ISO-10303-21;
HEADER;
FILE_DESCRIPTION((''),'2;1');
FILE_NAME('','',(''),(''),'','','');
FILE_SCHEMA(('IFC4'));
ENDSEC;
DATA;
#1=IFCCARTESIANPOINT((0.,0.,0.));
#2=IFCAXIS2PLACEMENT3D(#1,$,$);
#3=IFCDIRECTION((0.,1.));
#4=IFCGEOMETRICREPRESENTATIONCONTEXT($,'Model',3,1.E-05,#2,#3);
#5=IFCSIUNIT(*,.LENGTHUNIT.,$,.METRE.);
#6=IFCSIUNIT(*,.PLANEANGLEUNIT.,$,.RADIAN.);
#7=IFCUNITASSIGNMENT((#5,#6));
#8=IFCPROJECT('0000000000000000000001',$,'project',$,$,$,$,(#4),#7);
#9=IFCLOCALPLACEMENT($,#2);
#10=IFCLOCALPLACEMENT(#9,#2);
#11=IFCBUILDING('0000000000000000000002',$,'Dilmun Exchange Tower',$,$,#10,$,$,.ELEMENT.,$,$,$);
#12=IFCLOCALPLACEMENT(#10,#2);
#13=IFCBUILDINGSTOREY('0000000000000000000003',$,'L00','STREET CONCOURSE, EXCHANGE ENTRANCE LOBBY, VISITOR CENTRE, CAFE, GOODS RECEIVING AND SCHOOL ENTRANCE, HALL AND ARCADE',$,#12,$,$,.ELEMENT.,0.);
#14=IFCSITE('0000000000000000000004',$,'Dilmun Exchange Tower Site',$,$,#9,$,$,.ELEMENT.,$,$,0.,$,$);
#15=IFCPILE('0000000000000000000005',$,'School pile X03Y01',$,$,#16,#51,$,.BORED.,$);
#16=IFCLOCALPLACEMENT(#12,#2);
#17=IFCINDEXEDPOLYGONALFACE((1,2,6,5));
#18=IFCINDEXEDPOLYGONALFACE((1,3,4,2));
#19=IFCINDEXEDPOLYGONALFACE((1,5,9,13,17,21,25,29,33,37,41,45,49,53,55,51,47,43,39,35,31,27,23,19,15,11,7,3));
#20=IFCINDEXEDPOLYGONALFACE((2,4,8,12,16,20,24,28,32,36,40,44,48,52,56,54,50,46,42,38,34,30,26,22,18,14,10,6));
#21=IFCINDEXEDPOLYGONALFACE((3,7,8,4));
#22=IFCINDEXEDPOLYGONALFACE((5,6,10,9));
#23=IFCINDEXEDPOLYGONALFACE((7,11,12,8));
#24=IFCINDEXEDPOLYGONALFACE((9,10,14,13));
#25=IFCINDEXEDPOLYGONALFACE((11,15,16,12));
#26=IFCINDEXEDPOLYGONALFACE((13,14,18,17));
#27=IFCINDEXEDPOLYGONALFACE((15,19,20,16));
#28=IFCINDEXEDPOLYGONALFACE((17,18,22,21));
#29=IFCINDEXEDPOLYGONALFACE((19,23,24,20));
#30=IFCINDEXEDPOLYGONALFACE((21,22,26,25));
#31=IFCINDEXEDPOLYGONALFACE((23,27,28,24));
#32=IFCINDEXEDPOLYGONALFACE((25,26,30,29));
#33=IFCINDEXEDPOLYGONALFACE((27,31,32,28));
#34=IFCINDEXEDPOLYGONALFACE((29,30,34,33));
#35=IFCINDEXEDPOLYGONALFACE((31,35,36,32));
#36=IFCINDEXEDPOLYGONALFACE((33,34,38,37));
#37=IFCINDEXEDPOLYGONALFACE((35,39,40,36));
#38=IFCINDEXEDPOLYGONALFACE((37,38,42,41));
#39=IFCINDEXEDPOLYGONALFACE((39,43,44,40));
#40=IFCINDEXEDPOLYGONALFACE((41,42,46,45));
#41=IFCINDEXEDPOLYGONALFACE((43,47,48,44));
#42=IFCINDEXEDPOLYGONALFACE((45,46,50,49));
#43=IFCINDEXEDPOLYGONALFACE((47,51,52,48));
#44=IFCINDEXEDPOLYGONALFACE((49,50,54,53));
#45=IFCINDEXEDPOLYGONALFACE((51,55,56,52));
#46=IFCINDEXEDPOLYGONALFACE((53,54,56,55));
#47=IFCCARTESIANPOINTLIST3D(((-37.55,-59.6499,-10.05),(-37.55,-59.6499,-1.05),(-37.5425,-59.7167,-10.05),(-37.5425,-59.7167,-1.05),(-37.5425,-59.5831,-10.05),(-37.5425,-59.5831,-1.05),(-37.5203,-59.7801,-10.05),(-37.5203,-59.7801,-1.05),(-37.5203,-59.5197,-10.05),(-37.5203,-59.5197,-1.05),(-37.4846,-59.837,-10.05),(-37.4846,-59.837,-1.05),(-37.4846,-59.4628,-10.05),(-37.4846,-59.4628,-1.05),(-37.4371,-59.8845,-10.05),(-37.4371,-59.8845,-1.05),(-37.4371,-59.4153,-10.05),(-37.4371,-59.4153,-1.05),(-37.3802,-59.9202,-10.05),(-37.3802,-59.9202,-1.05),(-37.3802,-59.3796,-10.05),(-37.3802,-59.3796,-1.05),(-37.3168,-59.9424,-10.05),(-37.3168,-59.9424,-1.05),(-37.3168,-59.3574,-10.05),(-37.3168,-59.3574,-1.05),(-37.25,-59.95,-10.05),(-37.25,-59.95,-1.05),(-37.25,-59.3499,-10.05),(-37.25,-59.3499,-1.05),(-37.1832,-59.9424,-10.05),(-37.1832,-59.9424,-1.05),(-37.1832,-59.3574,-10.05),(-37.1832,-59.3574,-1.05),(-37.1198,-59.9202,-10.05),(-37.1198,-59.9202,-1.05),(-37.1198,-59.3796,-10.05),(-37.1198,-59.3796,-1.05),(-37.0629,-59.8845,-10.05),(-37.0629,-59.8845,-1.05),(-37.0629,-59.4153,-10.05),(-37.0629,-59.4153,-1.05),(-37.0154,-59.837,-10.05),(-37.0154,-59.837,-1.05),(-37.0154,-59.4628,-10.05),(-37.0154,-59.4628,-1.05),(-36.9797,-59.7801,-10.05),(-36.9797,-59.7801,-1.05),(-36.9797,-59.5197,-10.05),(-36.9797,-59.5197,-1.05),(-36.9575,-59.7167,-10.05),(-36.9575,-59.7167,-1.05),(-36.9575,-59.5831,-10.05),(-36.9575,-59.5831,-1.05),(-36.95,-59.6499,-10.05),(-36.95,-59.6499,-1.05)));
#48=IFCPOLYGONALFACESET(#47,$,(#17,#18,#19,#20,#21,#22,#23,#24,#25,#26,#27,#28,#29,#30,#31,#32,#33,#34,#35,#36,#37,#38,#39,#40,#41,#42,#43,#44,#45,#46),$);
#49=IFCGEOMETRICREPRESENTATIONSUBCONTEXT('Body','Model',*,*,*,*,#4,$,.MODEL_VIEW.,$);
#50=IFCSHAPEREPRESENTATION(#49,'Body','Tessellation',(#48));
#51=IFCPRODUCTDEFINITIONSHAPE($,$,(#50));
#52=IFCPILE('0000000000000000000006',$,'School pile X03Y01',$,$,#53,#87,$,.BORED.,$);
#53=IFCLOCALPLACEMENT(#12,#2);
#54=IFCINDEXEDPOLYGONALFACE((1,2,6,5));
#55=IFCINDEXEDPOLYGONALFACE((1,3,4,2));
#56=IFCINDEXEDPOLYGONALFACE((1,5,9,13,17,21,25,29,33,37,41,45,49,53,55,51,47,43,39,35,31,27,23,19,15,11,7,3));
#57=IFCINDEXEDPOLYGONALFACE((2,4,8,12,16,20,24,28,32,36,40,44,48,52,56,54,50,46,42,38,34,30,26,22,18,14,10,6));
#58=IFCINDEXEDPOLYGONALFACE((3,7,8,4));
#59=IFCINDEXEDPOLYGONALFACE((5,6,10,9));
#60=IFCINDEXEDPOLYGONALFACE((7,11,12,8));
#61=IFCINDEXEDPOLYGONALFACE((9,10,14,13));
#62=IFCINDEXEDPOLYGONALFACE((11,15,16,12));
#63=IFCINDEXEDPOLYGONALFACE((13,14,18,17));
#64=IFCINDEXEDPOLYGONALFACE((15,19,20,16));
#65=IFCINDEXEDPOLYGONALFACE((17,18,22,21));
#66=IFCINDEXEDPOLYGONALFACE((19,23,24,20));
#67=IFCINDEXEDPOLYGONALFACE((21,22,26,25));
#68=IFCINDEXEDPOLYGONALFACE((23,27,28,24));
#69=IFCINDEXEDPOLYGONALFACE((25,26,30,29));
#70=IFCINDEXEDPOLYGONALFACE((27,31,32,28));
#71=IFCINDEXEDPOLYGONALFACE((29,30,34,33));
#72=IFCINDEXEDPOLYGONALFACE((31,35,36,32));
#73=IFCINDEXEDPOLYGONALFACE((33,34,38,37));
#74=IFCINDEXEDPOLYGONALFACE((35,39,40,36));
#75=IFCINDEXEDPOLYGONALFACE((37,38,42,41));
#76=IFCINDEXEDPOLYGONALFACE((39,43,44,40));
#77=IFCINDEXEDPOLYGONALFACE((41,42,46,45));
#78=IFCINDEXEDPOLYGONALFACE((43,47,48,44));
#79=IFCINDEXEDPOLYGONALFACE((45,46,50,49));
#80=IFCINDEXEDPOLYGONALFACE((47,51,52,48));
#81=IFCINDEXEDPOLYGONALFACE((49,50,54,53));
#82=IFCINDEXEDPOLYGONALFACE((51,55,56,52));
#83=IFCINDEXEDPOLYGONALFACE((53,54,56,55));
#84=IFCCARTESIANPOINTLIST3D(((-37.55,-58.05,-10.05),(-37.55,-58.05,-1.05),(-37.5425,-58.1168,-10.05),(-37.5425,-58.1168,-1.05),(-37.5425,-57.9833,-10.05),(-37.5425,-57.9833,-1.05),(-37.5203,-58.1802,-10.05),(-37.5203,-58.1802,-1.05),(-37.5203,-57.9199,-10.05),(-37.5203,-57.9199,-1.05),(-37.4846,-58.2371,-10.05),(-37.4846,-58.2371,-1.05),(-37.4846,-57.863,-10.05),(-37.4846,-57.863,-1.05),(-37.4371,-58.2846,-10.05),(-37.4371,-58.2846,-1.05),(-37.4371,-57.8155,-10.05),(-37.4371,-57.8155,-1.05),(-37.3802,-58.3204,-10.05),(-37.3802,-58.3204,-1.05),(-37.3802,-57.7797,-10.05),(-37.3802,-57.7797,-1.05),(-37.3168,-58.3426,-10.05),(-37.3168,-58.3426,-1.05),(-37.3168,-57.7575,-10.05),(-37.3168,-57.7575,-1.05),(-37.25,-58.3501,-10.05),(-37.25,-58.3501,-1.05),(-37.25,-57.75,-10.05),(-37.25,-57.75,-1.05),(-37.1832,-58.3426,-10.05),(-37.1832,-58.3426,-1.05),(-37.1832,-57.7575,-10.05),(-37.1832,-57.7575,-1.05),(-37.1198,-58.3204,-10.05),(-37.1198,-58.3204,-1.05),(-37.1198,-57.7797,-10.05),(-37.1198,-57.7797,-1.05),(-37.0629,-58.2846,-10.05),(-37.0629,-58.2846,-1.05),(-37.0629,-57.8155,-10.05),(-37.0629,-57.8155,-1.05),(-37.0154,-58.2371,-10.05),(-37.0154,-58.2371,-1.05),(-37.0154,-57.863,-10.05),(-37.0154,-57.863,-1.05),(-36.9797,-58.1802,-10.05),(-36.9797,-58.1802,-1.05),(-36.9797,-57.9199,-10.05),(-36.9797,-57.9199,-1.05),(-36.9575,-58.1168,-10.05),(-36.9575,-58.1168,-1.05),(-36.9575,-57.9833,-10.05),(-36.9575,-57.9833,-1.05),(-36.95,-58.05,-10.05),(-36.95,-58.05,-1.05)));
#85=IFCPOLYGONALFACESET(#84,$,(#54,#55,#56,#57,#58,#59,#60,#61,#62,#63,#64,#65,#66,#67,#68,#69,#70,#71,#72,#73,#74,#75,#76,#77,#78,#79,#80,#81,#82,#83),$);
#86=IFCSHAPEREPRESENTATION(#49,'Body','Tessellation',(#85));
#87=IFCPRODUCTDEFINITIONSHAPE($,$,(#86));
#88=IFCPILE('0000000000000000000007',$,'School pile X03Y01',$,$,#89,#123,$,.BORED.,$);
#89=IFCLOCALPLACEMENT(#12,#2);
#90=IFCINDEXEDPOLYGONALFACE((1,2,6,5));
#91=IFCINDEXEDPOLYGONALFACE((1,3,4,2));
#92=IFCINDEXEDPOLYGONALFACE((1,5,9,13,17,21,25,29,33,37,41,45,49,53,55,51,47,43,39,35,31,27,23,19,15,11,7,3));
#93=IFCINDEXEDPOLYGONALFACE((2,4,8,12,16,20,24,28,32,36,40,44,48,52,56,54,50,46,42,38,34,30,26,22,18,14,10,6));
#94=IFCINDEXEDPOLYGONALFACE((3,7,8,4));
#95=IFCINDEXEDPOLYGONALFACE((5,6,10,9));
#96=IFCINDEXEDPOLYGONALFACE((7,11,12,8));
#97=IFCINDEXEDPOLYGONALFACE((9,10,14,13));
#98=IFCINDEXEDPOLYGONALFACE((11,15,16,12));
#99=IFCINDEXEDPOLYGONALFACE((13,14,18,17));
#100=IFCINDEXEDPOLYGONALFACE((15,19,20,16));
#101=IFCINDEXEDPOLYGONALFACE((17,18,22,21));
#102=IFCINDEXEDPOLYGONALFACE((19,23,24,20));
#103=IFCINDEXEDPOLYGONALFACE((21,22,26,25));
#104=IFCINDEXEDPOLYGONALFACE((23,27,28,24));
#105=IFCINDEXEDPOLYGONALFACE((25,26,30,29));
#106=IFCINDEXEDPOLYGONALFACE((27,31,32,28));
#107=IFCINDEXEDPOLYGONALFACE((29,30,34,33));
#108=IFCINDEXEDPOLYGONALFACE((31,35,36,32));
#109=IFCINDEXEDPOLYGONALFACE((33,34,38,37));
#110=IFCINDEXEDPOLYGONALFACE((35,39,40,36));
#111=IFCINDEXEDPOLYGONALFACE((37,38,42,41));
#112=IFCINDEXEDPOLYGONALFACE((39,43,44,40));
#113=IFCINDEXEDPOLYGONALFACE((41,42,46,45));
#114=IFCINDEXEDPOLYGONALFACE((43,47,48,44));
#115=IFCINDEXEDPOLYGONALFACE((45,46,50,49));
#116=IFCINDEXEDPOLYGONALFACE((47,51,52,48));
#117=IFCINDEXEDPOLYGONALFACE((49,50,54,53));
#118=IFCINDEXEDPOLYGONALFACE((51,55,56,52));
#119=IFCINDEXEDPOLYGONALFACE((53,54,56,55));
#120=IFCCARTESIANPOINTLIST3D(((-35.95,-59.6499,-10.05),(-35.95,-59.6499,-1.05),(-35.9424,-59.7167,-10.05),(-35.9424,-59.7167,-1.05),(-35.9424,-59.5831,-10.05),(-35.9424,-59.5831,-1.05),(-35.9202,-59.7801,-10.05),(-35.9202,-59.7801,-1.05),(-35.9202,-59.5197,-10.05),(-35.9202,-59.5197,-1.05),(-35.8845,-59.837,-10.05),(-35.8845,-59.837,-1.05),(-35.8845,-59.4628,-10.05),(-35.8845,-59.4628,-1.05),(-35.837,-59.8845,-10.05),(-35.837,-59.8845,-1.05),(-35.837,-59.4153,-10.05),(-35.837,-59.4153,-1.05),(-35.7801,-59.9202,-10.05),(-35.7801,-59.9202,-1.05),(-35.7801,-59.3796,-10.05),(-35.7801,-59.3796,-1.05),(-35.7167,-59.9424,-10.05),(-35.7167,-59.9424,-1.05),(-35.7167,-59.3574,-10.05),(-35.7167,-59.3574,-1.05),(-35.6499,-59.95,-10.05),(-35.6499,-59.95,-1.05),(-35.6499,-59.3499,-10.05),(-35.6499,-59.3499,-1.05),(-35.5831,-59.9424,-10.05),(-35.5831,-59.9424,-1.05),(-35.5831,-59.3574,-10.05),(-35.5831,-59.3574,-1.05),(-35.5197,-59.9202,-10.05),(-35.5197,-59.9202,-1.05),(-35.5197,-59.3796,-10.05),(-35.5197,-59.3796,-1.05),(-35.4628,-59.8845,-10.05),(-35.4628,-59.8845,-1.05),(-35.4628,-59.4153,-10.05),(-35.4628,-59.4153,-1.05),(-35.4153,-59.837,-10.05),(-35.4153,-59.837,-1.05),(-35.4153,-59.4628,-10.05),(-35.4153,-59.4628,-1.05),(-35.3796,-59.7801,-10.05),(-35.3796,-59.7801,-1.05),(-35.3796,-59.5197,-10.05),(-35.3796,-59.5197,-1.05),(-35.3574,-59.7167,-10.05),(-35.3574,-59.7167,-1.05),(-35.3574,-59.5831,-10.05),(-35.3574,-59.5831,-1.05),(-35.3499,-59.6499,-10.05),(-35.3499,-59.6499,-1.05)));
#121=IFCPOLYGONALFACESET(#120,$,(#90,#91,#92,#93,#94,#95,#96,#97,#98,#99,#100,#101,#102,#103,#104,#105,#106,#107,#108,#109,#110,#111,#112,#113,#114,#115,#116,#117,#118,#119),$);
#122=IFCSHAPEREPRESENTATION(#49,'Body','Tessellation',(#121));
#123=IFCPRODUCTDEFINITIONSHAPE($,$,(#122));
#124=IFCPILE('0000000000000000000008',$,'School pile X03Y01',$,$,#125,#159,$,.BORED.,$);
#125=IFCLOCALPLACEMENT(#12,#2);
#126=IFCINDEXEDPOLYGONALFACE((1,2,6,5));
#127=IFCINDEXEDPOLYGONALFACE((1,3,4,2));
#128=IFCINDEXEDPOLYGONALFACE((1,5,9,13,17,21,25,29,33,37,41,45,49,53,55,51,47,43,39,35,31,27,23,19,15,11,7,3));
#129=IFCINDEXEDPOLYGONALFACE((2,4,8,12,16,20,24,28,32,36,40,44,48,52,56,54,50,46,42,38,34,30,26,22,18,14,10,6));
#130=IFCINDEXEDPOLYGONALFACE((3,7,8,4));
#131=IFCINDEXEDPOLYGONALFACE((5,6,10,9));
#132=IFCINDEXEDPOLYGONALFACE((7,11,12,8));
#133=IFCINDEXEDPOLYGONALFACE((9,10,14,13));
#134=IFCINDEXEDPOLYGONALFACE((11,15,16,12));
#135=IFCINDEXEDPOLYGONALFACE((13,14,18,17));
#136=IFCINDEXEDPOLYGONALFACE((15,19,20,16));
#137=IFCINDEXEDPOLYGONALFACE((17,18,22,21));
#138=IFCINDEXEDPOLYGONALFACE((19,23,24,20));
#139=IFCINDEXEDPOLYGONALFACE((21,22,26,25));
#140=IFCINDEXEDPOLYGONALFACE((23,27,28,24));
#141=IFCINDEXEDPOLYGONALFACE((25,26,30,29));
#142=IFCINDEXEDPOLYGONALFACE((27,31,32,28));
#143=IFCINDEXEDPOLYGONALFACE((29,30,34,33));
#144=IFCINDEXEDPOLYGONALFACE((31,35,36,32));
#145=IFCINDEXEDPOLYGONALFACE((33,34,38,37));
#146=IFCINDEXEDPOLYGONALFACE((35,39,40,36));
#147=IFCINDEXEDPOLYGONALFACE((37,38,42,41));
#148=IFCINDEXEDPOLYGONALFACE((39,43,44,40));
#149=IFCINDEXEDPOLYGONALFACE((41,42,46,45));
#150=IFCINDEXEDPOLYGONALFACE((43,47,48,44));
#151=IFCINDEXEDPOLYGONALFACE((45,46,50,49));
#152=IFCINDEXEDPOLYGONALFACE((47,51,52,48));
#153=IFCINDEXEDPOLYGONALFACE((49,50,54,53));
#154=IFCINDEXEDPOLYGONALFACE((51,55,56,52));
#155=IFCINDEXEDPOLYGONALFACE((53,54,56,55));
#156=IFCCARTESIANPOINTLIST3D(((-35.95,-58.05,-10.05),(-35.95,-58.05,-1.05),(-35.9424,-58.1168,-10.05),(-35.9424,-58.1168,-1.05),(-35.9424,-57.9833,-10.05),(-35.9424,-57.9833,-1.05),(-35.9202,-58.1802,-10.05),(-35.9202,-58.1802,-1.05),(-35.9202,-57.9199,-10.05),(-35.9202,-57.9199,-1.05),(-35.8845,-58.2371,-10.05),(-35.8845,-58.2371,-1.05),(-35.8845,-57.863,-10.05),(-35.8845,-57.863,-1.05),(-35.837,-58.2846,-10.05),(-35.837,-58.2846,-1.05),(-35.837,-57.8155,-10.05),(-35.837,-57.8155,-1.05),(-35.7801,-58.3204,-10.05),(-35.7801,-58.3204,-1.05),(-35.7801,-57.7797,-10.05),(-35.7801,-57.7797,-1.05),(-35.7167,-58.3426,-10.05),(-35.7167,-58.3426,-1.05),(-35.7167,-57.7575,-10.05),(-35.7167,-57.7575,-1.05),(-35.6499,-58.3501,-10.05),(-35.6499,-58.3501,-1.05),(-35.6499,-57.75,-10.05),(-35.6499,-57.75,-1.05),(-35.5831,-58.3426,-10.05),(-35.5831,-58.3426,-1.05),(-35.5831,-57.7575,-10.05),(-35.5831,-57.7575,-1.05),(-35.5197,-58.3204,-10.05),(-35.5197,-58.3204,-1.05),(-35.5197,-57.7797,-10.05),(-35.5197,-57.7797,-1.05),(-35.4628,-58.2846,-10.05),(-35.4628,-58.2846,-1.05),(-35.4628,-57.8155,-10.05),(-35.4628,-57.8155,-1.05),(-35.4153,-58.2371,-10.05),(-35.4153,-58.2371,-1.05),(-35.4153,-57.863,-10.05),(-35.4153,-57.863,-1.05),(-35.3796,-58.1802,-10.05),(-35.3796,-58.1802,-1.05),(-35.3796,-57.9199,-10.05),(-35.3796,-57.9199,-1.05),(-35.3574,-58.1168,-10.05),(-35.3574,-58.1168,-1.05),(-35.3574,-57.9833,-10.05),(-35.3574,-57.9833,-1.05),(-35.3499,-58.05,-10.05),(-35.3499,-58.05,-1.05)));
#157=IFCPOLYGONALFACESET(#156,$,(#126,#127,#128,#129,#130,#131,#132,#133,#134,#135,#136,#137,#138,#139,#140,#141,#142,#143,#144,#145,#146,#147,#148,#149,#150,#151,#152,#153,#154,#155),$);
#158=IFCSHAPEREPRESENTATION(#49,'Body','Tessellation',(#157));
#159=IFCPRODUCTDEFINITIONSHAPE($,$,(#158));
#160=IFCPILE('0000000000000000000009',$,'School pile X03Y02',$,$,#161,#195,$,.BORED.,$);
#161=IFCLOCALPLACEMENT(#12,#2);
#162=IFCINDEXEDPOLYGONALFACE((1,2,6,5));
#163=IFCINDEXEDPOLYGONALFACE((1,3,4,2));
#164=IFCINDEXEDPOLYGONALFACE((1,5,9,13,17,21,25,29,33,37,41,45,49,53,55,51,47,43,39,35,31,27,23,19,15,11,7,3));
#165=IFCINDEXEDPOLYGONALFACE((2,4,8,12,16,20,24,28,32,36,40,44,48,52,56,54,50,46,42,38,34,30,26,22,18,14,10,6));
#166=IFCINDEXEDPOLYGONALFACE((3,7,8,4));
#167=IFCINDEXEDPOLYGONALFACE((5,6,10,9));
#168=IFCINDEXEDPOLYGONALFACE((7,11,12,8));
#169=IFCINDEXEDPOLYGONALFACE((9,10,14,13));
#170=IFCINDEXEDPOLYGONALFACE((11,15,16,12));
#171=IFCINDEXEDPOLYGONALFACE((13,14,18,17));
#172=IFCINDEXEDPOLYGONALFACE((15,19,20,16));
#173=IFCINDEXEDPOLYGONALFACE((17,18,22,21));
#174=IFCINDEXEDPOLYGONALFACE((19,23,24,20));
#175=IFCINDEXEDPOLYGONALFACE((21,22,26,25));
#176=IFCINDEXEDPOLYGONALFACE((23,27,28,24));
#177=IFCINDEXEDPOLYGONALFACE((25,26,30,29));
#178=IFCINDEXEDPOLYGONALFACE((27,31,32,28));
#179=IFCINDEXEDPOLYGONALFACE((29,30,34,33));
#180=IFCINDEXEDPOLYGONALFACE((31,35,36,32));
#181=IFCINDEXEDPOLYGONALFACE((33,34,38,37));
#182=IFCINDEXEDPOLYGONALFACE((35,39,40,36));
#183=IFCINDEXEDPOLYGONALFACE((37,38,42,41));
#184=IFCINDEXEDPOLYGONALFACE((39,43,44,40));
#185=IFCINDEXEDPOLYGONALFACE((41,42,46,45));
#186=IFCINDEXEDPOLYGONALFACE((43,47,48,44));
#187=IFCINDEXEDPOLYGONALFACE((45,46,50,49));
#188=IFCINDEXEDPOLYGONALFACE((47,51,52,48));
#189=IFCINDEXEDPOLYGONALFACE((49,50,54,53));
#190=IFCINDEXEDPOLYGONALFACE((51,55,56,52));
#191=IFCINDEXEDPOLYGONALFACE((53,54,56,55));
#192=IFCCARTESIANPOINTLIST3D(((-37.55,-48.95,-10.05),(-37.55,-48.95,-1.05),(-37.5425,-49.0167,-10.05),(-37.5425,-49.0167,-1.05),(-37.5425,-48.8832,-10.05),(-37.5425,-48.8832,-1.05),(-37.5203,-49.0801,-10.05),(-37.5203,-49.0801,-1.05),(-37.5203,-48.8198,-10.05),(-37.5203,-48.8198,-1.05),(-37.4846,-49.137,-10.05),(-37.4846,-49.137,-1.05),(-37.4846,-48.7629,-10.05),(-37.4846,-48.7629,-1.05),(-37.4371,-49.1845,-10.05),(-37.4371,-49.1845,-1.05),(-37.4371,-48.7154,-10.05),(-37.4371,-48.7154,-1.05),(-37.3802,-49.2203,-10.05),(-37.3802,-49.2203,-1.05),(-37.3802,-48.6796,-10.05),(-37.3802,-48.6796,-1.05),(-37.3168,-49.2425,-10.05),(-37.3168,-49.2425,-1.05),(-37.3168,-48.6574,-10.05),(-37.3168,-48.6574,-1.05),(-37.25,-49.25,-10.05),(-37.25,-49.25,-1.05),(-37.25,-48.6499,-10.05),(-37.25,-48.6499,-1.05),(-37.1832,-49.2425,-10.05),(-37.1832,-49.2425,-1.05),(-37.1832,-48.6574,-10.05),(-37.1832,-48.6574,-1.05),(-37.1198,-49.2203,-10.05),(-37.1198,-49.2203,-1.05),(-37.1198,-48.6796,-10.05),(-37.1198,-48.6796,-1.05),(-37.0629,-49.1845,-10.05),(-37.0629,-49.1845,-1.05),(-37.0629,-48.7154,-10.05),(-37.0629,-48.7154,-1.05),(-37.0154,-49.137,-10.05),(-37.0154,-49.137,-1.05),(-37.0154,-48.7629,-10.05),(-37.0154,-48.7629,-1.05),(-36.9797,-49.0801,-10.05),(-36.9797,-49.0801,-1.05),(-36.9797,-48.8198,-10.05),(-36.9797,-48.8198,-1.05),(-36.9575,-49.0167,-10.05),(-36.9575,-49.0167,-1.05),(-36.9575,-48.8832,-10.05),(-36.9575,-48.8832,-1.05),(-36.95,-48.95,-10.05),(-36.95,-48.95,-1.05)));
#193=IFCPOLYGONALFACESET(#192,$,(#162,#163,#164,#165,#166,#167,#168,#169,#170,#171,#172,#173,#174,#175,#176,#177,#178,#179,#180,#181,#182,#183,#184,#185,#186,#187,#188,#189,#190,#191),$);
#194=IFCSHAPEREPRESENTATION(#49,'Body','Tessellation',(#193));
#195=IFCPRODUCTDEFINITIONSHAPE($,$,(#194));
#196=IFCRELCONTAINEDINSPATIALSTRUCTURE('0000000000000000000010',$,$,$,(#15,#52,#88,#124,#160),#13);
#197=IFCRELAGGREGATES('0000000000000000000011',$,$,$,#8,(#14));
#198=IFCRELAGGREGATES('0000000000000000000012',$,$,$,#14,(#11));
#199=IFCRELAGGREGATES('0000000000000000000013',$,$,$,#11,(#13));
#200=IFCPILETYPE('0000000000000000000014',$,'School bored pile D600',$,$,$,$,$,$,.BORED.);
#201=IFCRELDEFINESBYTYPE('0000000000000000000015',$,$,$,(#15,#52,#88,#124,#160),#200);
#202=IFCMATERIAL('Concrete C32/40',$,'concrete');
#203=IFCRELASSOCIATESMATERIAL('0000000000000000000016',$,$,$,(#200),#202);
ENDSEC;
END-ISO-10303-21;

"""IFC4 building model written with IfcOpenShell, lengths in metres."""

from ifc_helpers import new_model, si_unit, direction, frame, origin, origin_2d, place, context, subcontext, project, spatial, circle, extrude, material, material_profile, profile_set, type_object, element, save


model = new_model("IFC4")

# Units and contexts
model_context = context("Model", 3, precision=1e-05, world=origin(), true_north=direction((0.0, 1.0)))
body_context = subcontext(model_context, "Body", "Model", "MODEL_VIEW")
ifc_project = project(units=[si_unit("LENGTHUNIT", "METRE"), si_unit("PLANEANGLEUNIT", "RADIAN")], contexts=[model_context])

# Site, building, storey
site_placement = place(None, origin())
site = spatial("IfcSite", under=ifc_project, at=site_placement, Name="Dilmun Exchange Tower Site", CompositionType="ELEMENT", RefElevation=0.0)
building_placement = place(site_placement, origin())
building = spatial("IfcBuilding", under=site, at=building_placement, Name="Dilmun Exchange Tower", CompositionType="ELEMENT")
storey_placement = place(building_placement, origin())
storey = spatial("IfcBuildingStorey", under=building, at=storey_placement, Name="L00", Description="STREET CONCOURSE, EXCHANGE ENTRANCE LOBBY, VISITOR CENTRE, CAFE, GOODS RECEIVING AND SCHOOL ENTRANCE, HALL AND ARCADE", CompositionType="ELEMENT", Elevation=0.0)

# Piles
ifc_material_1 = material(Name="Concrete C32/40", Category="concrete")
ifc_material_profile_1 = material_profile(ifc_material_1, circle(Radius=0.3, at=origin_2d()), Name="D600")
ifc_profile_set_1 = profile_set([ifc_material_profile_1], Name="Concrete C32/40")
pile_type = type_object("IfcPileType", Name="School bored pile D600", PredefinedType="BORED", material=ifc_profile_set_1)
for number, where, z_axis, x_axis, name in (
    (1, (-37.25, -59.6499, -1.05), (0.0, 0.0, -1.0), (1.0, 0.0, 0.0), "School pile X03Y01"),
    (2, (-37.25, -58.05, -1.05), (0.0, 0.0, -1.0), (1.0, 0.0, 0.0), "School pile X03Y01"),
    (3, (-35.6499, -59.6499, -1.05), (0.0, 0.0, -1.0), (1.0, 0.0, 0.0), "School pile X03Y01"),
    (4, (-35.6499, -58.05, -1.05), (0.0, 0.0, -1.0), (1.0, 0.0, 0.0), "School pile X03Y01"),
    (5, (-37.25, -48.95, -1.05), (0.0, 0.0, -1.0), (1.0, 0.0, 0.0), "School pile X03Y02"),
):
    element("IfcPile", number, at=place(storey_placement, frame(where, z_axis=z_axis, x_axis=x_axis)), inside=storey, type_object=pile_type, Name=name, PredefinedType="BORED", context=body_context, shape_type="SweptSolid", body=[
        extrude(circle(Radius=0.3, at=origin_2d()), origin(), (0.0, 0.0, 1.0), 9.0),
    ])

save(model, "model.ifc")
